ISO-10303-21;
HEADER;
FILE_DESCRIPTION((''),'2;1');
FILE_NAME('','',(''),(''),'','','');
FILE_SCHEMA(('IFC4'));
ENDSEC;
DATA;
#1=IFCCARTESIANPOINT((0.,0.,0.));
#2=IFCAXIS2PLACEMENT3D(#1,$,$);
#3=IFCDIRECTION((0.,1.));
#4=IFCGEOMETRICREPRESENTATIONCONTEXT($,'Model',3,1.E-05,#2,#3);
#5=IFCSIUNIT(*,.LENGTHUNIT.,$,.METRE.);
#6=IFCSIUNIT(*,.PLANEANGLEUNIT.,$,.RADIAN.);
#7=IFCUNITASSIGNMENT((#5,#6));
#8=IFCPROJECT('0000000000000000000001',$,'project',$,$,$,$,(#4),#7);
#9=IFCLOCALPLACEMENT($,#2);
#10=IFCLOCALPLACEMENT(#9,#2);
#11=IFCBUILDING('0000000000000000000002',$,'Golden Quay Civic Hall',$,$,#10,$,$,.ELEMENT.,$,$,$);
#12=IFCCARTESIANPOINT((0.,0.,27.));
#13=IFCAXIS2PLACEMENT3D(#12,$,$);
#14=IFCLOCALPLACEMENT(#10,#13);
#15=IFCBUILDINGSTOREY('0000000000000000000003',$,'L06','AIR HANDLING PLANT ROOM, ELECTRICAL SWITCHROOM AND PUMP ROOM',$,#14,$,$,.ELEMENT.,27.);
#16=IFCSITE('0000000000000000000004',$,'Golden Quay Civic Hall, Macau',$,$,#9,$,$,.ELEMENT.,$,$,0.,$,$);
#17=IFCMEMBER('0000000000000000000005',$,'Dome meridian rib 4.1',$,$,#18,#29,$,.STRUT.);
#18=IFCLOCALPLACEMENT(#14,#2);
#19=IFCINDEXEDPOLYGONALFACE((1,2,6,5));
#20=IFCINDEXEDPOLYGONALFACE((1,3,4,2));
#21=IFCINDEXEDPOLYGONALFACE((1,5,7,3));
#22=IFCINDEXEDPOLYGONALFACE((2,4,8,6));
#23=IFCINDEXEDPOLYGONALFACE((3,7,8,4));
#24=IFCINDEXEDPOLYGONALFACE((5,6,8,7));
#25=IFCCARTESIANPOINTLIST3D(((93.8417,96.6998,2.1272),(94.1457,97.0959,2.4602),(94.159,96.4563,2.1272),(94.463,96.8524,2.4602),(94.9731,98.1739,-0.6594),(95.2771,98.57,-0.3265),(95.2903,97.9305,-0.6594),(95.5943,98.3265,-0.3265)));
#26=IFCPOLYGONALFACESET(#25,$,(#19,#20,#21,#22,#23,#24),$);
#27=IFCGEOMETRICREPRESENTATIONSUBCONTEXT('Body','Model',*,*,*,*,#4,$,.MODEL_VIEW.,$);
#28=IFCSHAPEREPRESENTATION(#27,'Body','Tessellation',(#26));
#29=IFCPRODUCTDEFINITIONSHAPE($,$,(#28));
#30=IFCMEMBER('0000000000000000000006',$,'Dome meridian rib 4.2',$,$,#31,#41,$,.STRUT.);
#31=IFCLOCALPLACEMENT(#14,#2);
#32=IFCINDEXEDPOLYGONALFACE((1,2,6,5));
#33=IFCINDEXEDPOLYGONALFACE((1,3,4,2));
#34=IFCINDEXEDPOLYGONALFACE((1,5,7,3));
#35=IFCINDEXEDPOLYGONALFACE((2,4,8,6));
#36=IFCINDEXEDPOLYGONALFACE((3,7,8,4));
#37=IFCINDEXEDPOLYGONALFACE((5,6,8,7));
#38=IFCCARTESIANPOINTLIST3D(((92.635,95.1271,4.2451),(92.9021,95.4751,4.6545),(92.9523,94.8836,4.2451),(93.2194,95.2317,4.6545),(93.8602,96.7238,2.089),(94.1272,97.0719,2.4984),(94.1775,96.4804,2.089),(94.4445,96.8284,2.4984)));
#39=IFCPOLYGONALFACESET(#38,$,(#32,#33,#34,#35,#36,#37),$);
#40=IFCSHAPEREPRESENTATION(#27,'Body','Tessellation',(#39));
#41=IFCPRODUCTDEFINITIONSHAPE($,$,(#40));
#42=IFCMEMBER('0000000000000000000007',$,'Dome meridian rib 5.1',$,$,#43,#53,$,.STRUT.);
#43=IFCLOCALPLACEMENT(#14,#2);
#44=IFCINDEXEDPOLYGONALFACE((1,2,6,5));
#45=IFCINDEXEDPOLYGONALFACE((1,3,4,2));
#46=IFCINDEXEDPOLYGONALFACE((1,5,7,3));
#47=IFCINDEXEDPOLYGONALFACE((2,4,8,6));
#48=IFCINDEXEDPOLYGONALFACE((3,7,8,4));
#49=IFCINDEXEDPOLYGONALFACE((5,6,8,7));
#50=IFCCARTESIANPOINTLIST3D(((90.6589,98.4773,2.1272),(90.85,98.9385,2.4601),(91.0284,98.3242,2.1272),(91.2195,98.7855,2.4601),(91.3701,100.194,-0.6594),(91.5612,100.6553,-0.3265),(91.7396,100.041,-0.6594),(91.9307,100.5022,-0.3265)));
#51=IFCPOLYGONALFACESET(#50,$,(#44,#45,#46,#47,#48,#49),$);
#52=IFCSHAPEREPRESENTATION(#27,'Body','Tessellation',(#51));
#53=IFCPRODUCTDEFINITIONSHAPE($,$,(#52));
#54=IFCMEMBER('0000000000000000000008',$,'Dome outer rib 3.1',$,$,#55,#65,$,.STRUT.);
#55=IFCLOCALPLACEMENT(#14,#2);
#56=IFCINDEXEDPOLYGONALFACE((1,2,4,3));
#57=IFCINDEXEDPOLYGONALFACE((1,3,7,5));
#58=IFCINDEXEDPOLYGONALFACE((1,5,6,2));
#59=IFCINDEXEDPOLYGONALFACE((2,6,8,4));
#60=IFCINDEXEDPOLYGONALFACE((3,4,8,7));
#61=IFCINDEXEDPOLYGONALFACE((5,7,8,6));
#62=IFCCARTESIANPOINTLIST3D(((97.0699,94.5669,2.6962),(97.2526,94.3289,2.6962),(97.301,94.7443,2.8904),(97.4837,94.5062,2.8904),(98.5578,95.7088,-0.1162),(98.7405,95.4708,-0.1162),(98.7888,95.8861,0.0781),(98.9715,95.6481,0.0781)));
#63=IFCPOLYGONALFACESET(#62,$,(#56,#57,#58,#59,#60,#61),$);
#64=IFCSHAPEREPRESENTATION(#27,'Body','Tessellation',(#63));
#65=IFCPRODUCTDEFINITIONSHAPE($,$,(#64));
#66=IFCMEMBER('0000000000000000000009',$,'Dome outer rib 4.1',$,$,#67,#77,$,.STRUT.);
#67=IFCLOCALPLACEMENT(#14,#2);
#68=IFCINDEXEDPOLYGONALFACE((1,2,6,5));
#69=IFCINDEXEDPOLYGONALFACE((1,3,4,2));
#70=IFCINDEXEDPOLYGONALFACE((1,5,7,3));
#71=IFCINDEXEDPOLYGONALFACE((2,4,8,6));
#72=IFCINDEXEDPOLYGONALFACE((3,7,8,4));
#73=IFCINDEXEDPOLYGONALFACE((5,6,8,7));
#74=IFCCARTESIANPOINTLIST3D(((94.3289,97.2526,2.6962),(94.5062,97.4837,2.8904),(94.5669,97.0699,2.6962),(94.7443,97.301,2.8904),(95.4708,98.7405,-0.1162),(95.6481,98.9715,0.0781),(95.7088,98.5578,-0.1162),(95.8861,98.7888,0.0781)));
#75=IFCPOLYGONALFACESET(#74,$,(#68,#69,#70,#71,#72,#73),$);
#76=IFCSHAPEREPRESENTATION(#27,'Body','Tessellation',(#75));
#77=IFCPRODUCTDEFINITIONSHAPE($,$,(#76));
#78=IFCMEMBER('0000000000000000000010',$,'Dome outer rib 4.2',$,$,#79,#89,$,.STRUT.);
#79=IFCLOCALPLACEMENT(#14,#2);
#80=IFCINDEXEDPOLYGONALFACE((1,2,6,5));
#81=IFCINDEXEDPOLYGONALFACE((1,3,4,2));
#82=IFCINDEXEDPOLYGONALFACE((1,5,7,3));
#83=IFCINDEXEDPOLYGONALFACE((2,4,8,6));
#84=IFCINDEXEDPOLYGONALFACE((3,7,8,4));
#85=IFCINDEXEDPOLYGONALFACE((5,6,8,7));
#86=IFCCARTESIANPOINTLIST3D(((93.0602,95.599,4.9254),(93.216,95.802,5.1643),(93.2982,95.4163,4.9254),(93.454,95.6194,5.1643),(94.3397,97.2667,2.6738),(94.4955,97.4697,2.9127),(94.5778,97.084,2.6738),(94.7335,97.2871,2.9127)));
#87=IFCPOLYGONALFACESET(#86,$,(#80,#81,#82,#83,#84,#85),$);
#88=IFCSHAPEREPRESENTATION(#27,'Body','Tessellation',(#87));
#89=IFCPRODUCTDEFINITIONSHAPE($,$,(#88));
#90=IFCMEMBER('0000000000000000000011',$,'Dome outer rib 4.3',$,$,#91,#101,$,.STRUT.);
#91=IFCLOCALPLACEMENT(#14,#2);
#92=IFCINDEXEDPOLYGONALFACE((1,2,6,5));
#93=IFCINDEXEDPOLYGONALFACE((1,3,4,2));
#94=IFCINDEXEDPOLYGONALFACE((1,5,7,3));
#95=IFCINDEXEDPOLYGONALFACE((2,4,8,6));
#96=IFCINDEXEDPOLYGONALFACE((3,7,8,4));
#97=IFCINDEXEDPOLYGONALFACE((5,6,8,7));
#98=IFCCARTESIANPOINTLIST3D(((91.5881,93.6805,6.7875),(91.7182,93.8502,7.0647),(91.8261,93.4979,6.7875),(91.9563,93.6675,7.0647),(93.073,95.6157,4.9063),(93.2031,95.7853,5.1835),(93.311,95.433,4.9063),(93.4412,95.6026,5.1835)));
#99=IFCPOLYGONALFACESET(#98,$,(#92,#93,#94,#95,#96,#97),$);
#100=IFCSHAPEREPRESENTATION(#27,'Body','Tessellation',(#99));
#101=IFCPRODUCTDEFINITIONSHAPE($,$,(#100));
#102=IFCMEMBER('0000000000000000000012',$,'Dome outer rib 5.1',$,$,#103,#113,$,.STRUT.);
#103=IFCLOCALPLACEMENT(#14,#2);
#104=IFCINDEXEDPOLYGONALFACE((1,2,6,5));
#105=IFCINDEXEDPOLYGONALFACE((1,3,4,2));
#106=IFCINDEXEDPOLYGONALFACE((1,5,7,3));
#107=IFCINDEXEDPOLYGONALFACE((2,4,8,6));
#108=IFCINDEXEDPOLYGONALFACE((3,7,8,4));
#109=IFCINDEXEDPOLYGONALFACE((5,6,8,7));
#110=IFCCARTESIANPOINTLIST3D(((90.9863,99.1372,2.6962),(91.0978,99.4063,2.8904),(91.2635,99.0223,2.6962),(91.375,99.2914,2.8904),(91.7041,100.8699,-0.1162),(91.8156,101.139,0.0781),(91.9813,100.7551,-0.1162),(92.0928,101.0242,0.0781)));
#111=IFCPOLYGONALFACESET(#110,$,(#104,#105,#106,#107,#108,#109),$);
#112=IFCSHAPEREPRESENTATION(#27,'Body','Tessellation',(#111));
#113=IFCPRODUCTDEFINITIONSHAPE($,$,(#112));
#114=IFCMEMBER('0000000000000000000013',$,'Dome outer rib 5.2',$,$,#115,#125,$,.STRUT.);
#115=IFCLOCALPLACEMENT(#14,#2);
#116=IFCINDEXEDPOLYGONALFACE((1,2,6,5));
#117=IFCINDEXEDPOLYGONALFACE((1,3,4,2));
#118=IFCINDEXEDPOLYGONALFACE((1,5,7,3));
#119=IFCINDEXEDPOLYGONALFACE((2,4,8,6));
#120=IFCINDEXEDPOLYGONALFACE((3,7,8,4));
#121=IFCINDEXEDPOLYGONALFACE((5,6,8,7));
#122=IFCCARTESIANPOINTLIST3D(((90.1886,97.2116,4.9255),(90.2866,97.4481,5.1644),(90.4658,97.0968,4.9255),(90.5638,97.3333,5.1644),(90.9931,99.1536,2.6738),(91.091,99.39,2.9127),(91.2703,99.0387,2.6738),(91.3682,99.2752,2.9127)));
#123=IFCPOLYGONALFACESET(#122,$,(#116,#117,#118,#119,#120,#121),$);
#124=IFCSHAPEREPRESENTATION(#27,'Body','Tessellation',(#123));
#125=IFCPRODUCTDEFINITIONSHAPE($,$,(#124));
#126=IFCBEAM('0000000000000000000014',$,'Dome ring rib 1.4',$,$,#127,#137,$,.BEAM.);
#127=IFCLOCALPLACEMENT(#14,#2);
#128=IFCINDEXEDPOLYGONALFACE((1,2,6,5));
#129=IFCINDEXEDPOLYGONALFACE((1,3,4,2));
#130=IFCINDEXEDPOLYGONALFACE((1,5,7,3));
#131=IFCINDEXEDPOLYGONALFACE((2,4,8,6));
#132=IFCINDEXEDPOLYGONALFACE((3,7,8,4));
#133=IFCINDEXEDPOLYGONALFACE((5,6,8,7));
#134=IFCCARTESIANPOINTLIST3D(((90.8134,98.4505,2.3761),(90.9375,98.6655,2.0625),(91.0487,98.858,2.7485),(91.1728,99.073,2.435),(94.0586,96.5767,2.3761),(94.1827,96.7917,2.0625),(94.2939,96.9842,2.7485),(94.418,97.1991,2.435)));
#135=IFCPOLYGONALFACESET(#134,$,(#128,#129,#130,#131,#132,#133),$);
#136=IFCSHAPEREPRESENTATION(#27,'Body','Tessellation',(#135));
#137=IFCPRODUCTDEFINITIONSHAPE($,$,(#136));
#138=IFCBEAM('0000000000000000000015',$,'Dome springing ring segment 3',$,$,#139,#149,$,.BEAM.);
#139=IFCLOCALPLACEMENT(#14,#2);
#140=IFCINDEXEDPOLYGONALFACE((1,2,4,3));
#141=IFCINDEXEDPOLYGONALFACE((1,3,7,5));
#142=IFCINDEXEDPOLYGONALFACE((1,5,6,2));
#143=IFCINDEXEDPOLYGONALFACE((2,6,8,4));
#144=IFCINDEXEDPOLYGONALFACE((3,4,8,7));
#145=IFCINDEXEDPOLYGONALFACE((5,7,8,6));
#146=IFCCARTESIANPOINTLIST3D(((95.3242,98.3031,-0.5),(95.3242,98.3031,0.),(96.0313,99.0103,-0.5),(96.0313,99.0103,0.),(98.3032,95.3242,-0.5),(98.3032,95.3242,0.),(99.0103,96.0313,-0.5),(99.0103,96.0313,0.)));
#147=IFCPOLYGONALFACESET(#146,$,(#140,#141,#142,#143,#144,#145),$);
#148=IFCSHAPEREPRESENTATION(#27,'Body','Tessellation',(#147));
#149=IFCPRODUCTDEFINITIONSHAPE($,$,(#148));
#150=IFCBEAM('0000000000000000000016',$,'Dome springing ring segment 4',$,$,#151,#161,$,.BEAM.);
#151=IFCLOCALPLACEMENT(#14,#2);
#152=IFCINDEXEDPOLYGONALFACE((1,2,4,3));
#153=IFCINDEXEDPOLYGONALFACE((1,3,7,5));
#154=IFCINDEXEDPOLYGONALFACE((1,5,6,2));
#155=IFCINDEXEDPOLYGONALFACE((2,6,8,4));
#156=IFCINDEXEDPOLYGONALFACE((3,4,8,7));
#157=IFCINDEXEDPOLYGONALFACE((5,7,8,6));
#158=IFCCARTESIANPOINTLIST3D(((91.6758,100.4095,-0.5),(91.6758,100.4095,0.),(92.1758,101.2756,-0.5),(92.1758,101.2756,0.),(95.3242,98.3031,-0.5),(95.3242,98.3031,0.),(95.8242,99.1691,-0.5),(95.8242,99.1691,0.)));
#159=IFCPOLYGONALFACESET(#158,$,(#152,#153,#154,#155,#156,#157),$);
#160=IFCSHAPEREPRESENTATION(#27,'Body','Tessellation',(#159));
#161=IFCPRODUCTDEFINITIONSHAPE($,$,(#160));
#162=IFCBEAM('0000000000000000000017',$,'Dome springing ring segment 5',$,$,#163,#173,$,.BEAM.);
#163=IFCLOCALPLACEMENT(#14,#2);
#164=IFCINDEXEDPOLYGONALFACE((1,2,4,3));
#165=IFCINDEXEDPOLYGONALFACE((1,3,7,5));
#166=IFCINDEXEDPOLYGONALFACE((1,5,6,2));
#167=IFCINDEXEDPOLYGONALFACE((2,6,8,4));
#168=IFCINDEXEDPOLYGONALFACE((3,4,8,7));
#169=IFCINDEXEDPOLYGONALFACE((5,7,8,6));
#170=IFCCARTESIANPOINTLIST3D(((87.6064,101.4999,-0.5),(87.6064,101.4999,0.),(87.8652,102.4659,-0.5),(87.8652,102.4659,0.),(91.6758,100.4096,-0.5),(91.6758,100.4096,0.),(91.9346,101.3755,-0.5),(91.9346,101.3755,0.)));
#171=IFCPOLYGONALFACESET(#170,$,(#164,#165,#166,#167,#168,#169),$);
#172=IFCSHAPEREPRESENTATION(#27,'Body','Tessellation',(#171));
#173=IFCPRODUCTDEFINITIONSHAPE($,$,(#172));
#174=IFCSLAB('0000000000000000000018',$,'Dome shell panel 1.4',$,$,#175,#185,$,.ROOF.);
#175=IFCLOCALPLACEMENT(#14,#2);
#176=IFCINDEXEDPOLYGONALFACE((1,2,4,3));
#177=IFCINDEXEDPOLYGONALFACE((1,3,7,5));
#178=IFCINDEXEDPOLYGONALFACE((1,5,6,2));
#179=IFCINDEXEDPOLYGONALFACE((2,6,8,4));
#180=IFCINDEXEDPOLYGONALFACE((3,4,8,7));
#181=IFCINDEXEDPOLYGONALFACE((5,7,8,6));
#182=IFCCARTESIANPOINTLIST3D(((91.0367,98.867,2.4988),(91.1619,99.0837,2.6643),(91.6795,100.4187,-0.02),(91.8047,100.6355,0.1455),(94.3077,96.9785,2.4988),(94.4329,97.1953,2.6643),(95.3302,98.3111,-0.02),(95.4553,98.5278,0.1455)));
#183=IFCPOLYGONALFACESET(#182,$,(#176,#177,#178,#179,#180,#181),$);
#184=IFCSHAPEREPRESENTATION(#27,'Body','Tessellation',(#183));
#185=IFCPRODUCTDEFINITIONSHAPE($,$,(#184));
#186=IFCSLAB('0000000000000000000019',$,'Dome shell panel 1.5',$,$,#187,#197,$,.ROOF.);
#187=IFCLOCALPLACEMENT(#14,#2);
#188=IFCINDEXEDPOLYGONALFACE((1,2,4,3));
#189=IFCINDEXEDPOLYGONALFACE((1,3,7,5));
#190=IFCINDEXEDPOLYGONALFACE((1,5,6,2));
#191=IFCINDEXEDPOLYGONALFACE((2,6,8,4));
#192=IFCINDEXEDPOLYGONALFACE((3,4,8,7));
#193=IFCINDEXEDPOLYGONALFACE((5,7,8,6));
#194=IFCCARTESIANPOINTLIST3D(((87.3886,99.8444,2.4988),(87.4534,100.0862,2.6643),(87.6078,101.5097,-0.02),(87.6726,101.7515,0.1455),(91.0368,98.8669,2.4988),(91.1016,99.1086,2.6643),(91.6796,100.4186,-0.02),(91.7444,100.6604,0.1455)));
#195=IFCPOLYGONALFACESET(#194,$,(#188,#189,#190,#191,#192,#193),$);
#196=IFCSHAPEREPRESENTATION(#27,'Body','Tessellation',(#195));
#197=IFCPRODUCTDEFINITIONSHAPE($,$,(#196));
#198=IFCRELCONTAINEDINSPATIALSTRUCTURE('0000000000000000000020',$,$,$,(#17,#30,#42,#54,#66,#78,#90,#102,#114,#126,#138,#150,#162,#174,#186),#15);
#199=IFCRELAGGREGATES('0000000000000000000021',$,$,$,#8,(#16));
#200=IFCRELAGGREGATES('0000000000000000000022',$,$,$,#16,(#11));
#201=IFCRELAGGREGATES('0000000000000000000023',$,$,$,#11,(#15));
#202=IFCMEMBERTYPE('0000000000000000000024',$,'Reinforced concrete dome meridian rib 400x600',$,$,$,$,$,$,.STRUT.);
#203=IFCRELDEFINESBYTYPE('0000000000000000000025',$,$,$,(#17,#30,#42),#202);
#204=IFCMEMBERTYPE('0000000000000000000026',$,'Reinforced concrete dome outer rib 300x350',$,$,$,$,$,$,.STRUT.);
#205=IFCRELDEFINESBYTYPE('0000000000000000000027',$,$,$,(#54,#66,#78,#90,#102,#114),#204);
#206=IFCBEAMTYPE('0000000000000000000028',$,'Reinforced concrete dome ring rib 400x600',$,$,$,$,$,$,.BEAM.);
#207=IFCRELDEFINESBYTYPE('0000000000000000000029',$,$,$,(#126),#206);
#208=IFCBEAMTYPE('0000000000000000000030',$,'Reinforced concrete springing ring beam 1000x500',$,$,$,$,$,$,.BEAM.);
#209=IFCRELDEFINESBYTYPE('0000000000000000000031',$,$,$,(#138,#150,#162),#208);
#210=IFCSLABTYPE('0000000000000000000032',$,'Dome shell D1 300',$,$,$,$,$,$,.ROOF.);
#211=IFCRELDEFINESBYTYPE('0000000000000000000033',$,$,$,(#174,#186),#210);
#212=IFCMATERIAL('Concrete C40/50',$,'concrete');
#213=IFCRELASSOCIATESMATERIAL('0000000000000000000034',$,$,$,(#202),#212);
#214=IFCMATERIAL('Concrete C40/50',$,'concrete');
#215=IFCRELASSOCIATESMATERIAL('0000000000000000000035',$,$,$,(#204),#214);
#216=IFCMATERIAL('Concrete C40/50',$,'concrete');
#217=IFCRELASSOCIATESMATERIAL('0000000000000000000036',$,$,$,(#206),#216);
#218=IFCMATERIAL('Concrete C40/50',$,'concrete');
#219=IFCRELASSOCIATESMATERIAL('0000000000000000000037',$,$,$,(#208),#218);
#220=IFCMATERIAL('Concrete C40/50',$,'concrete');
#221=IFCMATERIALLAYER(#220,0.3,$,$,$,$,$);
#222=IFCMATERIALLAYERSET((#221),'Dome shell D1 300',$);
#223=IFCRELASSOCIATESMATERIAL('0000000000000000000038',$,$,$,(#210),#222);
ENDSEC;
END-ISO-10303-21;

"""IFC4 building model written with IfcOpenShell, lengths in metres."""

from ifc_helpers import new_model, si_unit, direction, frame, origin, origin_2d, place, context, subcontext, project, spatial, polyline, rectangle, outline, extrude, material, layer, layer_set, material_profile, profile_set, type_object, element, save


model = new_model("IFC4")

# Units and contexts
model_context = context("Model", 3, precision=1e-05, world=origin(), true_north=direction((0.0, 1.0)))
body_context = subcontext(model_context, "Body", "Model", "MODEL_VIEW")
ifc_project = project(units=[si_unit("LENGTHUNIT", "METRE"), si_unit("PLANEANGLEUNIT", "RADIAN")], contexts=[model_context])

# Site, building, storey
site_placement = place(None, origin())
site = spatial("IfcSite", under=ifc_project, at=site_placement, Name="Golden Quay Civic Hall, Macau", CompositionType="ELEMENT", RefElevation=0.0)
building_placement = place(site_placement, origin())
building = spatial("IfcBuilding", under=site, at=building_placement, Name="Golden Quay Civic Hall", CompositionType="ELEMENT")
storey_placement = place(building_placement, frame((0.0, 0.0, 27.0)))
storey = spatial("IfcBuildingStorey", under=building, at=storey_placement, Name="L06", Description="AIR HANDLING PLANT ROOM, ELECTRICAL SWITCHROOM AND PUMP ROOM", CompositionType="ELEMENT", Elevation=27.0)

# Members
ifc_material_1 = material(Name="Concrete C40/50", Category="concrete")
ifc_material_profile_1 = material_profile(ifc_material_1, rectangle(XDim=0.3999, YDim=0.6001, at=origin_2d()), Name="RC 400x600")
ifc_profile_set_1 = profile_set([ifc_material_profile_1], Name="Concrete C40/50")
member_type_1 = type_object("IfcMemberType", Name="Reinforced concrete dome meridian rib 400x600", PredefinedType="STRUT", material=ifc_profile_set_1)
member_1_placement = place(storey_placement, frame((95.2837, 98.2502, -0.4929), z_axis=(-0.33778, -0.44012, 0.831985), x_axis=(0.793298, -0.608834, 0.0)))
element("IfcMember", 1, at=member_1_placement, inside=storey, type_object=member_type_1, Name="Dome meridian rib 4.1", PredefinedType="STRUT", context=body_context, shape_type="SweptSolid", body=[
    extrude(rectangle(XDim=0.3999, YDim=0.6001, at=origin_2d()), origin(), (0.0, 0.0, 1.0), 3.3494),
])
member_2_placement = place(storey_placement, frame((94.1523, 96.7761, 2.2937), z_axis=(-0.41538, -0.541368, 0.731013), x_axis=(0.793372, -0.608737, 0.0)))
element("IfcMember", 2, at=member_2_placement, inside=storey, type_object=member_type_1, Name="Dome meridian rib 4.2", PredefinedType="STRUT", context=body_context, shape_type="SweptSolid", body=[
    extrude(rectangle(XDim=0.3999, YDim=0.6001, at=origin_2d()), origin(), (0.0, 0.0, 1.0), 2.9495),
])
member_3_placement = place(storey_placement, frame((91.6504, 100.3481, -0.4929), z_axis=(-0.212332, -0.51257, 0.831978), x_axis=(0.923868, -0.382711, 0.0)))
element("IfcMember", 3, at=member_3_placement, inside=storey, type_object=member_type_1, Name="Dome meridian rib 5.1", PredefinedType="STRUT", context=body_context, shape_type="SweptSolid", body=[
    extrude(rectangle(XDim=0.3999, YDim=0.6001, at=origin_2d()), origin(), (0.0, 0.0, 1.0), 3.3494),
])
ifc_material_2 = material(Name="Concrete C40/50", Category="concrete")
ifc_material_profile_2 = material_profile(ifc_material_2, rectangle(XDim=0.3, YDim=0.3501, at=origin_2d()), Name="RC 300x350")
ifc_profile_set_2 = profile_set([ifc_material_profile_2], Name="Concrete C40/50")
member_type_2 = type_object("IfcMemberType", Name="Reinforced concrete dome outer rib 300x350", PredefinedType="STRUT", material=ifc_profile_set_2)
for number, where, z_axis, x_axis, name in (
    (4, (98.7646, 95.6785, -0.019), (-0.440142, -0.337799, 0.831966), (0.608836, -0.793296, 0.0), "Dome outer rib 3.1"),
    (5, (95.6785, 98.7646, -0.019), (-0.337799, -0.440142, 0.831966), (0.793296, -0.608836, 0.0), "Dome outer rib 4.1"),
):
    element("IfcMember", number, at=place(storey_placement, frame(where, z_axis=z_axis, x_axis=x_axis)), inside=storey, type_object=member_type_2, Name=name, PredefinedType="STRUT", context=body_context, shape_type="SweptSolid", body=[
        extrude(rectangle(XDim=0.3, YDim=0.3501, at=origin_2d()), origin(), (0.0, 0.0, 1.0), 3.3804),
    ])
for number, where, z_axis, x_axis, name in (
    (6, (94.5366, 97.2769, 2.7932), (-0.415385, -0.541403, 0.730985), (0.793388, -0.608717, 0.0), "Dome outer rib 4.2"),
    (7, (93.2571, 95.6091, 5.0449), (-0.482062, -0.628219, 0.610702), (0.793345, -0.608772, 0.0), "Dome outer rib 4.3"),
):
    element("IfcMember", number, at=place(storey_placement, frame(where, z_axis=z_axis, x_axis=x_axis)), inside=storey, type_object=member_type_2, Name=name, PredefinedType="STRUT", context=body_context, shape_type="SweptSolid", body=[
        extrude(rectangle(XDim=0.3, YDim=0.3501, at=origin_2d()), origin(), (0.0, 0.0, 1.0), 3.0803),
    ])
member_4_placement = place(storey_placement, frame((91.8984, 100.947, -0.019), z_axis=(-0.212343, -0.512585, 0.831966), x_axis=(0.923865, -0.38272, 0.0)))
element("IfcMember", 8, at=member_4_placement, inside=storey, type_object=member_type_2, Name="Dome outer rib 5.1", PredefinedType="STRUT", context=body_context, shape_type="SweptSolid", body=[
    extrude(rectangle(XDim=0.3, YDim=0.3501, at=origin_2d()), origin(), (0.0, 0.0, 1.0), 3.3804),
])
member_5_placement = place(storey_placement, frame((91.1807, 99.2144, 2.7932), z_axis=(-0.261157, -0.630423, 0.731002), x_axis=(0.923865, -0.382718, 0.0)))
element("IfcMember", 9, at=member_5_placement, inside=storey, type_object=member_type_2, Name="Dome outer rib 5.2", PredefinedType="STRUT", context=body_context, shape_type="SweptSolid", body=[
    extrude(rectangle(XDim=0.3, YDim=0.3501, at=origin_2d()), origin(), (0.0, 0.0, 1.0), 3.0803),
])

# Beams
ifc_material_3 = material(Name="Concrete C40/50", Category="concrete")
ifc_material_profile_3 = material_profile(ifc_material_3, rectangle(XDim=0.3999, YDim=0.6001, at=origin_2d()), Name="RC 400x600")
ifc_profile_set_3 = profile_set([ifc_material_profile_3], Name="Concrete C40/50")
beam_type_1 = type_object("IfcBeamType", Name="Reinforced concrete dome ring rib 400x600", PredefinedType="BEAM", material=ifc_profile_set_3)
beam_placement = place(storey_placement, frame((94.2383, 96.8879, 2.4055), z_axis=(-0.866001, 0.500042, 0.0), x_axis=(-0.310356, -0.537493, 0.784079)))
element("IfcBeam", 10, at=beam_placement, inside=storey, type_object=beam_type_1, Name="Dome ring rib 1.4", PredefinedType="BEAM", context=body_context, shape_type="SweptSolid", body=[
    extrude(rectangle(XDim=0.3999, YDim=0.6001, at=origin_2d()), origin(), (0.0, 0.0, 1.0), 3.7473),
])
ifc_material_4 = material(Name="Concrete C40/50", Category="concrete")
ifc_material_profile_4 = material_profile(ifc_material_4, rectangle(XDim=1.0, YDim=0.5, at=origin_2d()), Name="RC 1000x500")
ifc_profile_set_4 = profile_set([ifc_material_profile_4], Name="Concrete C40/50")
beam_type_2 = type_object("IfcBeamType", Name="Reinforced concrete springing ring beam 1000x500", PredefinedType="BEAM", material=ifc_profile_set_4)
for number, where, z_axis, x_axis, name in (
    (11, (98.6567, 95.6777, -0.25), (-0.707107, 0.707107, 0.0), (-0.707107, -0.707107, 0.0), "Dome springing ring segment 3"),
    (12, (95.5742, 98.7361, -0.25), (-0.866023, 0.500003, 0.0), (-0.500003, -0.866023, 0.0), "Dome springing ring segment 4"),
    (13, (91.8052, 100.8926, -0.25), (-0.965928, 0.258809, 0.0), (-0.258809, -0.965928, 0.0), "Dome springing ring segment 5"),
):
    element("IfcBeam", number, at=place(storey_placement, frame(where, z_axis=z_axis, x_axis=x_axis)), inside=storey, type_object=beam_type_2, Name=name, PredefinedType="BEAM", context=body_context, shape_type="SweptSolid", body=[
        extrude(rectangle(XDim=1.0, YDim=0.5, at=origin_2d()), origin(), (0.0, 0.0, 1.0), 4.2129),
    ])

# Slabs
ifc_material_5 = material(Name="Concrete C40/50", Category="concrete")
ifc_layer_1 = layer(ifc_material_5, 0.3)
ifc_layer_set_1 = layer_set([ifc_layer_1], Name="Dome shell D1 300")
slab_type = type_object("IfcSlabType", Name="Dome shell D1 300", PredefinedType="ROOF", material=ifc_layer_set_1)
slab_1_placement = place(storey_placement, frame((95.4553, 98.5278, 0.1455), z_axis=(0.417079, 0.722423, 0.551498), x_axis=(-0.866031, 0.499991, -0.000003)))
element("IfcSlab", 14, at=slab_1_placement, inside=storey, type_object=slab_type, Name="Dome shell panel 1.4", PredefinedType="ROOF", context=body_context, shape_type="SweptSolid", body=[
    extrude(outline(polyline([(0.0, 0.0), (4.2154, 0.0), (3.9962, 3.0195), (0.2192, 3.0195), (0.0, 0.0)])), origin(), (0.0, 0.0, -1.0), 0.3),
])
slab_2_placement = place(storey_placement, frame((91.7444, 100.6604, 0.1455), z_axis=(0.215904, 0.805748, 0.551503), x_axis=(-0.965924, 0.258825, -0.000001)))
element("IfcSlab", 15, at=slab_2_placement, inside=storey, type_object=slab_type, Name="Dome shell panel 1.5", PredefinedType="ROOF", context=body_context, shape_type="SweptSolid", body=[
    extrude(outline(polyline([(0.0, 0.0), (4.2154, 0.0), (3.9962, 3.0195), (0.2193, 3.0195), (0.0, 0.0)])), origin(), (0.0, 0.0, -1.0), 0.3),
])

save(model, "model.ifc")
